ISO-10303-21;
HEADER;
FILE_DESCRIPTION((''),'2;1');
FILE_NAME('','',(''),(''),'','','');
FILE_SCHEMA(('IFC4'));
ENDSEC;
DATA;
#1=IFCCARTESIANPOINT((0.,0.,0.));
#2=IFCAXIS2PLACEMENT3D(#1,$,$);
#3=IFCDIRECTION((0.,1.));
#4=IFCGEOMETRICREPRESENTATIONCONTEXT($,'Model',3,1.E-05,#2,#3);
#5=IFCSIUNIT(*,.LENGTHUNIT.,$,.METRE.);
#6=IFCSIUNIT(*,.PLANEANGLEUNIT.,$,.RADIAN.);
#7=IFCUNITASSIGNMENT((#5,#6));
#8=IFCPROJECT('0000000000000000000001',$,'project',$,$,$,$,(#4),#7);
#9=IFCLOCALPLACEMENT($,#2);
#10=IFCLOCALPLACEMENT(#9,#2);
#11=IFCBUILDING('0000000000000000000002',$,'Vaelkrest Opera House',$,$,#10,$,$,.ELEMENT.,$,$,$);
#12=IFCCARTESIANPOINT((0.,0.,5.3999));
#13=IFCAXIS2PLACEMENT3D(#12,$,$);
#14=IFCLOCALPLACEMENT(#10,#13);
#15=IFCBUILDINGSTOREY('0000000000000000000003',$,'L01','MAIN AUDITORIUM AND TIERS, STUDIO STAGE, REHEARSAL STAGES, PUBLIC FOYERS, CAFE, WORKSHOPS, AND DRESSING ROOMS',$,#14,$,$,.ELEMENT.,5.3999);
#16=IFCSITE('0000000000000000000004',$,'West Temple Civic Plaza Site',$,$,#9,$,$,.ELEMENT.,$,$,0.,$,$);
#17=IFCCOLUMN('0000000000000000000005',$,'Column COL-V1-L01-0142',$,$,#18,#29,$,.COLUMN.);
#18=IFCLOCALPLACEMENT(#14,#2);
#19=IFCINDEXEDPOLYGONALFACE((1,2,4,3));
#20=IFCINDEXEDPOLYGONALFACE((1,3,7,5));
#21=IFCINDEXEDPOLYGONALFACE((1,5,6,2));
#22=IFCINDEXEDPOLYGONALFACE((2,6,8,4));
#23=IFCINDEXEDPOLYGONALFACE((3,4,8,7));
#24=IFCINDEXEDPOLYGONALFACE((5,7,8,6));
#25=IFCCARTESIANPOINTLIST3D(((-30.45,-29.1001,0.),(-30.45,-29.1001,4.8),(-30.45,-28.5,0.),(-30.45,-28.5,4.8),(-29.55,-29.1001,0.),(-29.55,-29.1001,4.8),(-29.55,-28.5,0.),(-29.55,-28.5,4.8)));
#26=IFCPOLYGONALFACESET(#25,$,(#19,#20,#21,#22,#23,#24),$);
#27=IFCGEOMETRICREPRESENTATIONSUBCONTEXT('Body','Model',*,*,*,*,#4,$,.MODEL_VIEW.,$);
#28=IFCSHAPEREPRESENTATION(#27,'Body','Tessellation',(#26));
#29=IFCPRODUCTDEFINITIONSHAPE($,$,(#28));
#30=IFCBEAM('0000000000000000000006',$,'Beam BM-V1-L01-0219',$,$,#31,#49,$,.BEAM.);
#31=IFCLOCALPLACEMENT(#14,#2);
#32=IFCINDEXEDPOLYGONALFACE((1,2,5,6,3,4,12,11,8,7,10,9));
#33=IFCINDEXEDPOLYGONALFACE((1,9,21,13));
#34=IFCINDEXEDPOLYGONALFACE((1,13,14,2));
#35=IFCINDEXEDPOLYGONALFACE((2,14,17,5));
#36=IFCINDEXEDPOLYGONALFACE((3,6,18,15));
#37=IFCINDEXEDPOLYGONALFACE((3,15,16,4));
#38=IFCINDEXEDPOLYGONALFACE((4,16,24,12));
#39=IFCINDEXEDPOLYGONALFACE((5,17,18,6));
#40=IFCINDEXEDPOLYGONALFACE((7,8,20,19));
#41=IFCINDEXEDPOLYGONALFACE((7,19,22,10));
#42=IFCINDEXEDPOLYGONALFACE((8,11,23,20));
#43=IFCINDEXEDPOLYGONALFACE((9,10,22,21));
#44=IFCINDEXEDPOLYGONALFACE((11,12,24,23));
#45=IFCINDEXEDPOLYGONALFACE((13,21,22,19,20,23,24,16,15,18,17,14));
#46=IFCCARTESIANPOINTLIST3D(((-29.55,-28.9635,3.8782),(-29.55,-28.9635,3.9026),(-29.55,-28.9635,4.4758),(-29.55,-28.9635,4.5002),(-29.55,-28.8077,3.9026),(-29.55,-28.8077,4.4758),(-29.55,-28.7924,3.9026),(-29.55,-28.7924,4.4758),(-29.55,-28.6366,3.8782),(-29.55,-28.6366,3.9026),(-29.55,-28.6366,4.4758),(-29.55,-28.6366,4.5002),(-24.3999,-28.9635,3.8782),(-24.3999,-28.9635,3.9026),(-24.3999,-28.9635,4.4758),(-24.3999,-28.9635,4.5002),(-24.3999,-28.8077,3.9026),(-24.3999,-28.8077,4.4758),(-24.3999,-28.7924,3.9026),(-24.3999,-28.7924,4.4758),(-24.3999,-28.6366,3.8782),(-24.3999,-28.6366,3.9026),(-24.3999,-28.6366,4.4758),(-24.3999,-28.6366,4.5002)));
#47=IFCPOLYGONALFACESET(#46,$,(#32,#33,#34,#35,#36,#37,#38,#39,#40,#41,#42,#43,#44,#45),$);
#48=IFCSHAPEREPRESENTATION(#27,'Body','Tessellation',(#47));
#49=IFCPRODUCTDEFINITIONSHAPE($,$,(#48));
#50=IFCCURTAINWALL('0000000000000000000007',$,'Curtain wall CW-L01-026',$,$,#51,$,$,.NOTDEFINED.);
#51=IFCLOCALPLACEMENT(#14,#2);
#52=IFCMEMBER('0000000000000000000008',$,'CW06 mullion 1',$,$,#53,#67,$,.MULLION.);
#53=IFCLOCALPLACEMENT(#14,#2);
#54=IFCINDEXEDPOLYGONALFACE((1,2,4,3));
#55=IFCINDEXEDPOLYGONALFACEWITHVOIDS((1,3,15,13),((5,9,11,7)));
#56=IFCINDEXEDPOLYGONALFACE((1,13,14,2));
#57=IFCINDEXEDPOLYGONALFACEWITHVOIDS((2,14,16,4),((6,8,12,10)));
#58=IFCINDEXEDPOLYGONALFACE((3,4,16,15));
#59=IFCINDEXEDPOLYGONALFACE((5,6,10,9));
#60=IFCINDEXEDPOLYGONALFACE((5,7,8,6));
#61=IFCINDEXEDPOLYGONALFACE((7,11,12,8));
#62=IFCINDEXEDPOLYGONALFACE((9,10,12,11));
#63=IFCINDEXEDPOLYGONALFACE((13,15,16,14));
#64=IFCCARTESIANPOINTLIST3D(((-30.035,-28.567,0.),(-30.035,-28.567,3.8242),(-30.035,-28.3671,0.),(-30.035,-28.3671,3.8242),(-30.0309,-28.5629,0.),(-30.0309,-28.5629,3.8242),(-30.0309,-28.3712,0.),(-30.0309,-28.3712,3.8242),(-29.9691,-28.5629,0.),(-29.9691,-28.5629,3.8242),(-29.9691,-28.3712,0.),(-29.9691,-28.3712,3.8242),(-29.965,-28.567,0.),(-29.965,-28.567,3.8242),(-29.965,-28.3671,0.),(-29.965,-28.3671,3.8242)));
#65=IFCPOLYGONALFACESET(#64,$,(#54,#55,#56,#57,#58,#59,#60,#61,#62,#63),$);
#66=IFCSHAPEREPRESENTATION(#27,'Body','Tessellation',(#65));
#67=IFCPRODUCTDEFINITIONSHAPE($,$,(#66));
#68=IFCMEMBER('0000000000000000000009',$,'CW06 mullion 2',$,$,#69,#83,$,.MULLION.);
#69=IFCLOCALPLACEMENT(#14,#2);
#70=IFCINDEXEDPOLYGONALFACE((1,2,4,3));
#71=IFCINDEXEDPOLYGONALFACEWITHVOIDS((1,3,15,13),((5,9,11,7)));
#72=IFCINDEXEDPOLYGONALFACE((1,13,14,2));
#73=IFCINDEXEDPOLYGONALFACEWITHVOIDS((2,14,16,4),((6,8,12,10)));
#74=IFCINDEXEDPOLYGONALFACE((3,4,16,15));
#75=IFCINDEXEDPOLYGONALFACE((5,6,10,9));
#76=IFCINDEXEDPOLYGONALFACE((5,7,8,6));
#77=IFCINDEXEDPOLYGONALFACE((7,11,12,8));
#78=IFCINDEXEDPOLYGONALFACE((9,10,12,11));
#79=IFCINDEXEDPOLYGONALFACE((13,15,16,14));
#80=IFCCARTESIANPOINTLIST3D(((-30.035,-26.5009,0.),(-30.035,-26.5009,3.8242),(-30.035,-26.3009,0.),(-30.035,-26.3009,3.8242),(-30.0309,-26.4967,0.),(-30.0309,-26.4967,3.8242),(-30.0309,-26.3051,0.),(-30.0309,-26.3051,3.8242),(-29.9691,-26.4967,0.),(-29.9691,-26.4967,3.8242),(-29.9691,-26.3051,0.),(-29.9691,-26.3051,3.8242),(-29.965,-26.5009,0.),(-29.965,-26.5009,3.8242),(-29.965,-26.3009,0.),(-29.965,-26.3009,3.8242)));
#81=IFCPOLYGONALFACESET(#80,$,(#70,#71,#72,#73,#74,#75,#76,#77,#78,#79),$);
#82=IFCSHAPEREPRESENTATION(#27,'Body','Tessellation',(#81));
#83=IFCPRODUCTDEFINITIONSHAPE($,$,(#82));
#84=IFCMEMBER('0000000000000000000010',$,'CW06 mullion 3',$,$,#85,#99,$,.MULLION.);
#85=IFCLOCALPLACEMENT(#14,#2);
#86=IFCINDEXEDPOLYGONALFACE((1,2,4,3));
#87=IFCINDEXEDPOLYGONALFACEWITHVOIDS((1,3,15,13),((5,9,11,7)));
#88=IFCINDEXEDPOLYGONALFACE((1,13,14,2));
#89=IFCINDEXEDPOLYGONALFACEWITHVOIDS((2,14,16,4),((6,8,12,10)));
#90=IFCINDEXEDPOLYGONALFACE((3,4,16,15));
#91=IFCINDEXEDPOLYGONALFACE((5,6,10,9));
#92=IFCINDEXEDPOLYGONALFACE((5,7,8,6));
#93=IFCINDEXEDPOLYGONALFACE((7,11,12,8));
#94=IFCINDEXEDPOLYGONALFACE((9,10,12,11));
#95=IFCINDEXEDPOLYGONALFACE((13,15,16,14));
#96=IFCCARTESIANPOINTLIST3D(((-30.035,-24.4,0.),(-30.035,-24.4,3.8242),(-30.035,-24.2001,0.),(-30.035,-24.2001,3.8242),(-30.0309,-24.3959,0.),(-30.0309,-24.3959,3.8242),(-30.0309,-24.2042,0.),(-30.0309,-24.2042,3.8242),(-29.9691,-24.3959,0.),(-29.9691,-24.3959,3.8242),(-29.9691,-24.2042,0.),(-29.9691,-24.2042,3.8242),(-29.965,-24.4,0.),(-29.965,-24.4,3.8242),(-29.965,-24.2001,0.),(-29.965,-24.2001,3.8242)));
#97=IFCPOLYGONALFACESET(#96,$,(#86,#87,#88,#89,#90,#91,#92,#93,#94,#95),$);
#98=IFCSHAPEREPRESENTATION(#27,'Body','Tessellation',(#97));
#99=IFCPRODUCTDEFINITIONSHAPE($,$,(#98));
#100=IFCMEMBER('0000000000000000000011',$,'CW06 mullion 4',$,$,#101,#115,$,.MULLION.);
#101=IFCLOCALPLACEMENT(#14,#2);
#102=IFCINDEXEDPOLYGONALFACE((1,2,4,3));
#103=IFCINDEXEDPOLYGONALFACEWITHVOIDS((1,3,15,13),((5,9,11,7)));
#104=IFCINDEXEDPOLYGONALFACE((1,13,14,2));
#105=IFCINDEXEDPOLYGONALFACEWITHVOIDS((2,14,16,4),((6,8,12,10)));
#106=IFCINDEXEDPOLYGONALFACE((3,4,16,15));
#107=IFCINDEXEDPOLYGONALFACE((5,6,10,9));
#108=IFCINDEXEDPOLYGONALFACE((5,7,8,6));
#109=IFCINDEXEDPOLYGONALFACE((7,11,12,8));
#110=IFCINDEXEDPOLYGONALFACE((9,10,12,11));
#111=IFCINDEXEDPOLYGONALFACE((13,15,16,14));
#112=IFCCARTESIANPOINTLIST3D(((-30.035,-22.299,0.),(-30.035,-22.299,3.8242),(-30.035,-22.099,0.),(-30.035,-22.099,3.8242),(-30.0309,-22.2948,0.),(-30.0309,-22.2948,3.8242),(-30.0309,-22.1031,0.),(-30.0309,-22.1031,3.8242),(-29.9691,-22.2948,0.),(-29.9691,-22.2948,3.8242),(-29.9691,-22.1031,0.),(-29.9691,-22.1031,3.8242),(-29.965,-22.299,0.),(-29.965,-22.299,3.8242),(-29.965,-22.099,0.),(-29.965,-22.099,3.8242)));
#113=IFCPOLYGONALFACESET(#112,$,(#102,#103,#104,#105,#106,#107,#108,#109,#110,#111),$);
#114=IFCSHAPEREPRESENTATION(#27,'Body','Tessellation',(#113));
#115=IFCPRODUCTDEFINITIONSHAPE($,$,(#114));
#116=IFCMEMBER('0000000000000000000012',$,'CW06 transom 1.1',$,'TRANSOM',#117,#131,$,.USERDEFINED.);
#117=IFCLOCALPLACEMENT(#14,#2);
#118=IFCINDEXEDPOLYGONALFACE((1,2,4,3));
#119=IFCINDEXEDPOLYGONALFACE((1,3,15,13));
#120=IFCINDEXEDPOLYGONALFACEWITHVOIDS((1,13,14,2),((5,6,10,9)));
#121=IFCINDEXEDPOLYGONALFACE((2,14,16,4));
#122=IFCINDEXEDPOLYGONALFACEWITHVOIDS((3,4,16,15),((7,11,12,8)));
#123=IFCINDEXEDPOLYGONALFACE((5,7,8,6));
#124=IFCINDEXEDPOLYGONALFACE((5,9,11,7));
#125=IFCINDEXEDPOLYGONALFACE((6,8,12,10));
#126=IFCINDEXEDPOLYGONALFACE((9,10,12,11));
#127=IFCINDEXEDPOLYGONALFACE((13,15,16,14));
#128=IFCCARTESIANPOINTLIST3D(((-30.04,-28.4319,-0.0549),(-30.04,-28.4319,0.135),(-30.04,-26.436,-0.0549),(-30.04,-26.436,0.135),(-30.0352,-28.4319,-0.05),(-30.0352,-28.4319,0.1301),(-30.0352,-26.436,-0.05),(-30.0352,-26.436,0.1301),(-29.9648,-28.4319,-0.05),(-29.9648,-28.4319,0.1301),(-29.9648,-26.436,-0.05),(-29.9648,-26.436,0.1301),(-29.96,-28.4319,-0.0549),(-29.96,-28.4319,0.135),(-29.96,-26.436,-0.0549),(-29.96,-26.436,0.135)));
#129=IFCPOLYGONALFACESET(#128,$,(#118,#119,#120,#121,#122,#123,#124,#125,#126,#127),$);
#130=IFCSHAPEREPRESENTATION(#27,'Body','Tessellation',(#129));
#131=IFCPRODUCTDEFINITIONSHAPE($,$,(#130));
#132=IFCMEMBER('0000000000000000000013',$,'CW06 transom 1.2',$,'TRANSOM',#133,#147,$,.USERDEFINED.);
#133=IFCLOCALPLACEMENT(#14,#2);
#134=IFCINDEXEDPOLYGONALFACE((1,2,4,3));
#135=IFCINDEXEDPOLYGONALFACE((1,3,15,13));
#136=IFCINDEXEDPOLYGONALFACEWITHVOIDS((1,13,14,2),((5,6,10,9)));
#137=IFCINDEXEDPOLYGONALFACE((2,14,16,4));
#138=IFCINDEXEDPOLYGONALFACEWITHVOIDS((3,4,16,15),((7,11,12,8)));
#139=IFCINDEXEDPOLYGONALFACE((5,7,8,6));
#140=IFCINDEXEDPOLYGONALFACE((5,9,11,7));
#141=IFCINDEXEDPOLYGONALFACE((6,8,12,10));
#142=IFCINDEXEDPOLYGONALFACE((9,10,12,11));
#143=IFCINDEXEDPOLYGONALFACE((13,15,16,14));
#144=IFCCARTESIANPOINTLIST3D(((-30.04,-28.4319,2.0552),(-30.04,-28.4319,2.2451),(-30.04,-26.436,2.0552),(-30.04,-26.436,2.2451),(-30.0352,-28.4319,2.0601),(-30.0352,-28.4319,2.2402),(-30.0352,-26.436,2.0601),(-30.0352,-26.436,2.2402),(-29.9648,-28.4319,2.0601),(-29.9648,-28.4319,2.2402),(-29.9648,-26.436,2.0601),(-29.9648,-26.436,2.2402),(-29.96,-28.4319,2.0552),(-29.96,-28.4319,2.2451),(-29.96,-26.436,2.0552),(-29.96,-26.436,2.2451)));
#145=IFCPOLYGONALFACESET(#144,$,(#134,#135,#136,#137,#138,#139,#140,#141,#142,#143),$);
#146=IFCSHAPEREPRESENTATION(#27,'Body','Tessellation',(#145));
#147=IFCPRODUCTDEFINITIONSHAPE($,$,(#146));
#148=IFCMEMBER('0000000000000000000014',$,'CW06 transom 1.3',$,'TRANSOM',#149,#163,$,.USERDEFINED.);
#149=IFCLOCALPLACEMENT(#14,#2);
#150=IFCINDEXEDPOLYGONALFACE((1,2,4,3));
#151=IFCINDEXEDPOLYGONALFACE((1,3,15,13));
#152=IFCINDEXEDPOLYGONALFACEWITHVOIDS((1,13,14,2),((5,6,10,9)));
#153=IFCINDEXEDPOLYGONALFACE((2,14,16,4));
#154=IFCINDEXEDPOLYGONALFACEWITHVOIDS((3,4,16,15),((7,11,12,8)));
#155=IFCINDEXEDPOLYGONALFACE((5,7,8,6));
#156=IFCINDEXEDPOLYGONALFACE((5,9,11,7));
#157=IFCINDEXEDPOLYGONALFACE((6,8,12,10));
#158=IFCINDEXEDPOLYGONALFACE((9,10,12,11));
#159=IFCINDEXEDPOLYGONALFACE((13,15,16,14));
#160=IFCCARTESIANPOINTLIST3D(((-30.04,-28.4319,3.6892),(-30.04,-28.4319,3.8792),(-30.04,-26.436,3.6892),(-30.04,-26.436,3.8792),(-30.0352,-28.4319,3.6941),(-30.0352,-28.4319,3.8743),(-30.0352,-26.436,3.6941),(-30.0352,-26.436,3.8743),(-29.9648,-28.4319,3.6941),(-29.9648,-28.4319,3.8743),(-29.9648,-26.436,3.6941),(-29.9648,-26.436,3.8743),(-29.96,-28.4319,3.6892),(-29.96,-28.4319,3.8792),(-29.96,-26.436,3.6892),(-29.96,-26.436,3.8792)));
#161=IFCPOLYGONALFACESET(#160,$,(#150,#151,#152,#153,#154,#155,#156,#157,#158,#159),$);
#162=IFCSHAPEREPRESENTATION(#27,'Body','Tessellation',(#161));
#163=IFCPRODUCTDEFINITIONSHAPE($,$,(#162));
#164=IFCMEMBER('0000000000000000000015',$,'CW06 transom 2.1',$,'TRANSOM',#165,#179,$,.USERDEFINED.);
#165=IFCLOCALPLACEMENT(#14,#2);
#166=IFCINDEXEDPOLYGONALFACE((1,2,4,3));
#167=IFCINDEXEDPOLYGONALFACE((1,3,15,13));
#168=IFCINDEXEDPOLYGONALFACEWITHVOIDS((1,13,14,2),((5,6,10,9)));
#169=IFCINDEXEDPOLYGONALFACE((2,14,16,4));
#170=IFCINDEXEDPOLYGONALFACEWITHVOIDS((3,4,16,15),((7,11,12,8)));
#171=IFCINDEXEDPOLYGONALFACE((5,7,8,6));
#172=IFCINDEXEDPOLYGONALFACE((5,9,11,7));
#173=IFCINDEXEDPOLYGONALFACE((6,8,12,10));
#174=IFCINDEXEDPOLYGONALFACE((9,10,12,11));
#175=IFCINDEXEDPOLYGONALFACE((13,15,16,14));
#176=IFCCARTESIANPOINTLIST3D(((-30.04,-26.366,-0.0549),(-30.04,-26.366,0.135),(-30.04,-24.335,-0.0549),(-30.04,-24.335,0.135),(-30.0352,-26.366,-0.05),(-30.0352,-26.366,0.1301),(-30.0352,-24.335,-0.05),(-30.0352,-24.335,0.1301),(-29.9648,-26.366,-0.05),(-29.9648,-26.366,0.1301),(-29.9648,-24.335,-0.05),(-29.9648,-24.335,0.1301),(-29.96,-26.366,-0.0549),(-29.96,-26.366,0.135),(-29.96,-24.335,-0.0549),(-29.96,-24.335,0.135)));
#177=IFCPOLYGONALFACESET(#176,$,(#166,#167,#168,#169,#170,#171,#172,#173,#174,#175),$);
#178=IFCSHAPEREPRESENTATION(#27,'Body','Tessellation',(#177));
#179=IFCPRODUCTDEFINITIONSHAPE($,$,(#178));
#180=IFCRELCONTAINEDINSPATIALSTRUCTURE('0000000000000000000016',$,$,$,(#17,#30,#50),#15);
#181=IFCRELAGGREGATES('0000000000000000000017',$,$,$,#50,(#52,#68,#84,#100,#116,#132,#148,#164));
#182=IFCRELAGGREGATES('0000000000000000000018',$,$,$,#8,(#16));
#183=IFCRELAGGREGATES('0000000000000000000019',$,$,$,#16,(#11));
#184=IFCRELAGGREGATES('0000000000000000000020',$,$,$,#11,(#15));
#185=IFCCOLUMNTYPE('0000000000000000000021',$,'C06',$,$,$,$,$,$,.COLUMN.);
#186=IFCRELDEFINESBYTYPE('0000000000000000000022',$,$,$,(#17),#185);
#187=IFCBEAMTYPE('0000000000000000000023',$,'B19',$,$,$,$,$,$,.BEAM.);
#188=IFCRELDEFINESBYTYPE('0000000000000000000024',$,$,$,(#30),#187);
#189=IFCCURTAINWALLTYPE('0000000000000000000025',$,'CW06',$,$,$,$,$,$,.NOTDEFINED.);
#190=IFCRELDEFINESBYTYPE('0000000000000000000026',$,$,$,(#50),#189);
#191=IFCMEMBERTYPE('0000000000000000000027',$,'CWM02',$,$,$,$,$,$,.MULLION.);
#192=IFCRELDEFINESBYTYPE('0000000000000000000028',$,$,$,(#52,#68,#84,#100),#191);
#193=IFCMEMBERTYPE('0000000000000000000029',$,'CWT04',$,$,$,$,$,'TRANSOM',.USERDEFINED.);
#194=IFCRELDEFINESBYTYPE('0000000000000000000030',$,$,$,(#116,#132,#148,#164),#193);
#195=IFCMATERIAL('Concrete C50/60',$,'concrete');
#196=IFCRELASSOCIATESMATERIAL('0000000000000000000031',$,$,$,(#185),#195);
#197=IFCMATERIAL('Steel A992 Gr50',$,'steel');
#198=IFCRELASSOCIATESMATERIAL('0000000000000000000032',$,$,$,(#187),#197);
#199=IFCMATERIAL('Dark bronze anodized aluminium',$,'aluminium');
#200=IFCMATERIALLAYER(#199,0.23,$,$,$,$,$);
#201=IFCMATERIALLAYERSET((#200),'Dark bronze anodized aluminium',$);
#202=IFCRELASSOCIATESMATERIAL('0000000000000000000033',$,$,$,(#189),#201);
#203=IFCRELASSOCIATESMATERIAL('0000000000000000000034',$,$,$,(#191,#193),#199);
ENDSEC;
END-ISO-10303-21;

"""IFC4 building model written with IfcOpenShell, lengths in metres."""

from ifc_helpers import new_model, si_unit, direction, frame, origin, origin_2d, place, context, subcontext, project, spatial, rectangle, hollow_rectangle, i_section, extrude, material, layer, layer_set, material_profile, profile_set, type_object, element, aggregate, save


model = new_model("IFC4")

# Units and contexts
model_context = context("Model", 3, precision=1e-05, world=origin(), true_north=direction((0.0, 1.0)))
body_context = subcontext(model_context, "Body", "Model", "MODEL_VIEW")
ifc_project = project(units=[si_unit("LENGTHUNIT", "METRE"), si_unit("PLANEANGLEUNIT", "RADIAN")], contexts=[model_context])

# Site, building, storey
site_placement = place(None, origin())
site = spatial("IfcSite", under=ifc_project, at=site_placement, Name="West Temple Civic Plaza Site", CompositionType="ELEMENT", RefElevation=0.0)
building_placement = place(site_placement, origin())
building = spatial("IfcBuilding", under=site, at=building_placement, Name="Vaelkrest Opera House", CompositionType="ELEMENT")
storey_placement = place(building_placement, frame((0.0, 0.0, 5.3999)))
storey = spatial("IfcBuildingStorey", under=building, at=storey_placement, Name="L01", Description="MAIN AUDITORIUM AND TIERS, STUDIO STAGE, REHEARSAL STAGES, PUBLIC FOYERS, CAFE, WORKSHOPS, AND DRESSING ROOMS", CompositionType="ELEMENT", Elevation=5.3999)

# Column
ifc_material_1 = material(Name="Concrete C50/60", Category="concrete")
ifc_material_profile_1 = material_profile(ifc_material_1, rectangle(XDim=0.6001, YDim=0.8999, at=origin_2d()), Name="RC600X900")
ifc_profile_set_1 = profile_set([ifc_material_profile_1], Name="Concrete C50/60")
column_type = type_object("IfcColumnType", Name="C06", PredefinedType="COLUMN", material=ifc_profile_set_1)
column_placement = place(storey_placement, frame((-30.0, -28.8, 0.0), z_axis=(0.0, 0.0, 1.0), x_axis=(0.0, 1.0, 0.0)))
element("IfcColumn", 1, at=column_placement, inside=storey, type_object=column_type, Name="Column COL-V1-L01-0142", PredefinedType="COLUMN", context=body_context, shape_type="SweptSolid", body=[
    extrude(rectangle(XDim=0.6001, YDim=0.8999, at=origin_2d()), origin(), (0.0, 0.0, 1.0), 4.8),
])

# Beam
ifc_material_2 = material(Name="Steel A992 Gr50", Category="steel")
ifc_material_profile_2 = material_profile(ifc_material_2, i_section(OverallWidth=0.3269, OverallDepth=0.6221, WebThickness=0.0154, FlangeThickness=0.0244, at=origin_2d()), Name="W24X131")
ifc_profile_set_2 = profile_set([ifc_material_profile_2], Name="Steel A992 Gr50")
beam_type_1 = type_object("IfcBeamType", Name="B19", PredefinedType="BEAM", material=ifc_profile_set_2)
beam_1_placement = place(storey_placement, frame((-29.55, -28.8, 4.1892), z_axis=(1.0, 0.0, 0.0), x_axis=(0.0, 1.0, 0.0)))
element("IfcBeam", 2, at=beam_1_placement, inside=storey, type_object=beam_type_1, Name="Beam BM-V1-L01-0219", PredefinedType="BEAM", context=body_context, shape_type="SweptSolid", body=[
    extrude(i_section(OverallWidth=0.3269, OverallDepth=0.6221, WebThickness=0.0154, FlangeThickness=0.0244, at=origin_2d()), origin(), (0.0, 0.0, 1.0), 5.1501),
])

# Curtain wall, members
ifc_material_3 = material(Name="Dark bronze anodized aluminium", Category="aluminium")
ifc_layer_1 = layer(ifc_material_3, 0.23)
ifc_layer_set_1 = layer_set([ifc_layer_1], Name="Dark bronze anodized aluminium")
curtain_wall_type = type_object("IfcCurtainWallType", Name="CW06", PredefinedType="NOTDEFINED", material=ifc_layer_set_1)
curtain_wall_placement = place(storey_placement, origin())
curtain_wall = element("IfcCurtainWall", 3, at=curtain_wall_placement, inside=storey, type_object=curtain_wall_type, Name="Curtain wall CW-L01-026", PredefinedType="NOTDEFINED")
ifc_material_profile_3 = material_profile(ifc_material_3, hollow_rectangle(XDim=0.0701, YDim=0.2, WallThickness=0.0042, at=origin_2d()), Name="CWM70X200")
ifc_profile_set_3 = profile_set([ifc_material_profile_3], Name="Dark bronze anodized aluminium")
member_type_1 = type_object("IfcMemberType", Name="CWM02", PredefinedType="MULLION", material=ifc_profile_set_3)
member_1_placement = place(storey_placement, frame((-30.0, -28.467, 0.0), z_axis=(0.0, 0.0, 1.0), x_axis=(-1.0, 0.0, 0.0)))
member_1 = element("IfcMember", 4, at=member_1_placement, type_object=member_type_1, Name="CW06 mullion 1", PredefinedType="MULLION", context=body_context, shape_type="SweptSolid", body=[
    extrude(hollow_rectangle(XDim=0.0701, YDim=0.2, WallThickness=0.0042, at=origin_2d()), origin(), (0.0, 0.0, 1.0), 3.8242),
])
member_2_placement = place(storey_placement, frame((-30.0, -26.4009, 0.0), z_axis=(0.0, 0.0, 1.0), x_axis=(-1.0, 0.0, 0.0)))
member_2 = element("IfcMember", 5, at=member_2_placement, type_object=member_type_1, Name="CW06 mullion 2", PredefinedType="MULLION", context=body_context, shape_type="SweptSolid", body=[
    extrude(hollow_rectangle(XDim=0.0701, YDim=0.2, WallThickness=0.0042, at=origin_2d()), origin(), (0.0, 0.0, 1.0), 3.8242),
])
member_3_placement = place(storey_placement, frame((-30.0, -24.3, 0.0), z_axis=(0.0, 0.0, 1.0), x_axis=(-1.0, 0.0, 0.0)))
member_3 = element("IfcMember", 6, at=member_3_placement, type_object=member_type_1, Name="CW06 mullion 3", PredefinedType="MULLION", context=body_context, shape_type="SweptSolid", body=[
    extrude(hollow_rectangle(XDim=0.0701, YDim=0.2, WallThickness=0.0042, at=origin_2d()), origin(), (0.0, 0.0, 1.0), 3.8242),
])
member_4_placement = place(storey_placement, frame((-30.0, -22.199, 0.0), z_axis=(0.0, 0.0, 1.0), x_axis=(-1.0, 0.0, 0.0)))
member_4 = element("IfcMember", 7, at=member_4_placement, type_object=member_type_1, Name="CW06 mullion 4", PredefinedType="MULLION", context=body_context, shape_type="SweptSolid", body=[
    extrude(hollow_rectangle(XDim=0.0701, YDim=0.2, WallThickness=0.0042, at=origin_2d()), origin(), (0.0, 0.0, 1.0), 3.8242),
])
ifc_material_profile_4 = material_profile(ifc_material_3, hollow_rectangle(XDim=0.0801, YDim=0.1899, WallThickness=0.0049, at=origin_2d()), Name="CWT80X190")
ifc_profile_set_4 = profile_set([ifc_material_profile_4], Name="Dark bronze anodized aluminium")
member_type_2 = type_object("IfcMemberType", Name="CWT04", ElementType="TRANSOM", PredefinedType="USERDEFINED", material=ifc_profile_set_4)
member_5_placement = place(storey_placement, frame((-30.0, -28.4319, 0.04), z_axis=(0.0, 1.0, 0.0), x_axis=(-1.0, 0.0, 0.0)))
member_5 = element("IfcMember", 8, at=member_5_placement, type_object=member_type_2, Name="CW06 transom 1.1", ObjectType="TRANSOM", PredefinedType="USERDEFINED", context=body_context, shape_type="SweptSolid", body=[
    extrude(hollow_rectangle(XDim=0.0801, YDim=0.1899, WallThickness=0.0049, at=origin_2d()), origin(), (0.0, 0.0, 1.0), 1.9958),
])
member_6_placement = place(storey_placement, frame((-30.0, -28.4319, 2.1501), z_axis=(0.0, 1.0, 0.0), x_axis=(-1.0, 0.0, 0.0)))
member_6 = element("IfcMember", 9, at=member_6_placement, type_object=member_type_2, Name="CW06 transom 1.2", ObjectType="TRANSOM", PredefinedType="USERDEFINED", context=body_context, shape_type="SweptSolid", body=[
    extrude(hollow_rectangle(XDim=0.0801, YDim=0.1899, WallThickness=0.0049, at=origin_2d()), origin(), (0.0, 0.0, 1.0), 1.9958),
])
member_7_placement = place(storey_placement, frame((-30.0, -28.4319, 3.7842), z_axis=(0.0, 1.0, 0.0), x_axis=(-1.0, 0.0, 0.0)))
member_7 = element("IfcMember", 10, at=member_7_placement, type_object=member_type_2, Name="CW06 transom 1.3", ObjectType="TRANSOM", PredefinedType="USERDEFINED", context=body_context, shape_type="SweptSolid", body=[
    extrude(hollow_rectangle(XDim=0.0801, YDim=0.1899, WallThickness=0.0049, at=origin_2d()), origin(), (0.0, 0.0, 1.0), 1.9958),
])
member_8_placement = place(storey_placement, frame((-30.0, -26.366, 0.04), z_axis=(0.0, 1.0, 0.0), x_axis=(-1.0, 0.0, 0.0)))
member_8 = element("IfcMember", 11, at=member_8_placement, type_object=member_type_2, Name="CW06 transom 2.1", ObjectType="TRANSOM", PredefinedType="USERDEFINED", context=body_context, shape_type="SweptSolid", body=[
    extrude(hollow_rectangle(XDim=0.0801, YDim=0.1899, WallThickness=0.0049, at=origin_2d()), origin(), (0.0, 0.0, 1.0), 2.031),
])

aggregate(curtain_wall, [member_1, member_2, member_3, member_4, member_5, member_6, member_7, member_8])

save(model, "model.ifc")
